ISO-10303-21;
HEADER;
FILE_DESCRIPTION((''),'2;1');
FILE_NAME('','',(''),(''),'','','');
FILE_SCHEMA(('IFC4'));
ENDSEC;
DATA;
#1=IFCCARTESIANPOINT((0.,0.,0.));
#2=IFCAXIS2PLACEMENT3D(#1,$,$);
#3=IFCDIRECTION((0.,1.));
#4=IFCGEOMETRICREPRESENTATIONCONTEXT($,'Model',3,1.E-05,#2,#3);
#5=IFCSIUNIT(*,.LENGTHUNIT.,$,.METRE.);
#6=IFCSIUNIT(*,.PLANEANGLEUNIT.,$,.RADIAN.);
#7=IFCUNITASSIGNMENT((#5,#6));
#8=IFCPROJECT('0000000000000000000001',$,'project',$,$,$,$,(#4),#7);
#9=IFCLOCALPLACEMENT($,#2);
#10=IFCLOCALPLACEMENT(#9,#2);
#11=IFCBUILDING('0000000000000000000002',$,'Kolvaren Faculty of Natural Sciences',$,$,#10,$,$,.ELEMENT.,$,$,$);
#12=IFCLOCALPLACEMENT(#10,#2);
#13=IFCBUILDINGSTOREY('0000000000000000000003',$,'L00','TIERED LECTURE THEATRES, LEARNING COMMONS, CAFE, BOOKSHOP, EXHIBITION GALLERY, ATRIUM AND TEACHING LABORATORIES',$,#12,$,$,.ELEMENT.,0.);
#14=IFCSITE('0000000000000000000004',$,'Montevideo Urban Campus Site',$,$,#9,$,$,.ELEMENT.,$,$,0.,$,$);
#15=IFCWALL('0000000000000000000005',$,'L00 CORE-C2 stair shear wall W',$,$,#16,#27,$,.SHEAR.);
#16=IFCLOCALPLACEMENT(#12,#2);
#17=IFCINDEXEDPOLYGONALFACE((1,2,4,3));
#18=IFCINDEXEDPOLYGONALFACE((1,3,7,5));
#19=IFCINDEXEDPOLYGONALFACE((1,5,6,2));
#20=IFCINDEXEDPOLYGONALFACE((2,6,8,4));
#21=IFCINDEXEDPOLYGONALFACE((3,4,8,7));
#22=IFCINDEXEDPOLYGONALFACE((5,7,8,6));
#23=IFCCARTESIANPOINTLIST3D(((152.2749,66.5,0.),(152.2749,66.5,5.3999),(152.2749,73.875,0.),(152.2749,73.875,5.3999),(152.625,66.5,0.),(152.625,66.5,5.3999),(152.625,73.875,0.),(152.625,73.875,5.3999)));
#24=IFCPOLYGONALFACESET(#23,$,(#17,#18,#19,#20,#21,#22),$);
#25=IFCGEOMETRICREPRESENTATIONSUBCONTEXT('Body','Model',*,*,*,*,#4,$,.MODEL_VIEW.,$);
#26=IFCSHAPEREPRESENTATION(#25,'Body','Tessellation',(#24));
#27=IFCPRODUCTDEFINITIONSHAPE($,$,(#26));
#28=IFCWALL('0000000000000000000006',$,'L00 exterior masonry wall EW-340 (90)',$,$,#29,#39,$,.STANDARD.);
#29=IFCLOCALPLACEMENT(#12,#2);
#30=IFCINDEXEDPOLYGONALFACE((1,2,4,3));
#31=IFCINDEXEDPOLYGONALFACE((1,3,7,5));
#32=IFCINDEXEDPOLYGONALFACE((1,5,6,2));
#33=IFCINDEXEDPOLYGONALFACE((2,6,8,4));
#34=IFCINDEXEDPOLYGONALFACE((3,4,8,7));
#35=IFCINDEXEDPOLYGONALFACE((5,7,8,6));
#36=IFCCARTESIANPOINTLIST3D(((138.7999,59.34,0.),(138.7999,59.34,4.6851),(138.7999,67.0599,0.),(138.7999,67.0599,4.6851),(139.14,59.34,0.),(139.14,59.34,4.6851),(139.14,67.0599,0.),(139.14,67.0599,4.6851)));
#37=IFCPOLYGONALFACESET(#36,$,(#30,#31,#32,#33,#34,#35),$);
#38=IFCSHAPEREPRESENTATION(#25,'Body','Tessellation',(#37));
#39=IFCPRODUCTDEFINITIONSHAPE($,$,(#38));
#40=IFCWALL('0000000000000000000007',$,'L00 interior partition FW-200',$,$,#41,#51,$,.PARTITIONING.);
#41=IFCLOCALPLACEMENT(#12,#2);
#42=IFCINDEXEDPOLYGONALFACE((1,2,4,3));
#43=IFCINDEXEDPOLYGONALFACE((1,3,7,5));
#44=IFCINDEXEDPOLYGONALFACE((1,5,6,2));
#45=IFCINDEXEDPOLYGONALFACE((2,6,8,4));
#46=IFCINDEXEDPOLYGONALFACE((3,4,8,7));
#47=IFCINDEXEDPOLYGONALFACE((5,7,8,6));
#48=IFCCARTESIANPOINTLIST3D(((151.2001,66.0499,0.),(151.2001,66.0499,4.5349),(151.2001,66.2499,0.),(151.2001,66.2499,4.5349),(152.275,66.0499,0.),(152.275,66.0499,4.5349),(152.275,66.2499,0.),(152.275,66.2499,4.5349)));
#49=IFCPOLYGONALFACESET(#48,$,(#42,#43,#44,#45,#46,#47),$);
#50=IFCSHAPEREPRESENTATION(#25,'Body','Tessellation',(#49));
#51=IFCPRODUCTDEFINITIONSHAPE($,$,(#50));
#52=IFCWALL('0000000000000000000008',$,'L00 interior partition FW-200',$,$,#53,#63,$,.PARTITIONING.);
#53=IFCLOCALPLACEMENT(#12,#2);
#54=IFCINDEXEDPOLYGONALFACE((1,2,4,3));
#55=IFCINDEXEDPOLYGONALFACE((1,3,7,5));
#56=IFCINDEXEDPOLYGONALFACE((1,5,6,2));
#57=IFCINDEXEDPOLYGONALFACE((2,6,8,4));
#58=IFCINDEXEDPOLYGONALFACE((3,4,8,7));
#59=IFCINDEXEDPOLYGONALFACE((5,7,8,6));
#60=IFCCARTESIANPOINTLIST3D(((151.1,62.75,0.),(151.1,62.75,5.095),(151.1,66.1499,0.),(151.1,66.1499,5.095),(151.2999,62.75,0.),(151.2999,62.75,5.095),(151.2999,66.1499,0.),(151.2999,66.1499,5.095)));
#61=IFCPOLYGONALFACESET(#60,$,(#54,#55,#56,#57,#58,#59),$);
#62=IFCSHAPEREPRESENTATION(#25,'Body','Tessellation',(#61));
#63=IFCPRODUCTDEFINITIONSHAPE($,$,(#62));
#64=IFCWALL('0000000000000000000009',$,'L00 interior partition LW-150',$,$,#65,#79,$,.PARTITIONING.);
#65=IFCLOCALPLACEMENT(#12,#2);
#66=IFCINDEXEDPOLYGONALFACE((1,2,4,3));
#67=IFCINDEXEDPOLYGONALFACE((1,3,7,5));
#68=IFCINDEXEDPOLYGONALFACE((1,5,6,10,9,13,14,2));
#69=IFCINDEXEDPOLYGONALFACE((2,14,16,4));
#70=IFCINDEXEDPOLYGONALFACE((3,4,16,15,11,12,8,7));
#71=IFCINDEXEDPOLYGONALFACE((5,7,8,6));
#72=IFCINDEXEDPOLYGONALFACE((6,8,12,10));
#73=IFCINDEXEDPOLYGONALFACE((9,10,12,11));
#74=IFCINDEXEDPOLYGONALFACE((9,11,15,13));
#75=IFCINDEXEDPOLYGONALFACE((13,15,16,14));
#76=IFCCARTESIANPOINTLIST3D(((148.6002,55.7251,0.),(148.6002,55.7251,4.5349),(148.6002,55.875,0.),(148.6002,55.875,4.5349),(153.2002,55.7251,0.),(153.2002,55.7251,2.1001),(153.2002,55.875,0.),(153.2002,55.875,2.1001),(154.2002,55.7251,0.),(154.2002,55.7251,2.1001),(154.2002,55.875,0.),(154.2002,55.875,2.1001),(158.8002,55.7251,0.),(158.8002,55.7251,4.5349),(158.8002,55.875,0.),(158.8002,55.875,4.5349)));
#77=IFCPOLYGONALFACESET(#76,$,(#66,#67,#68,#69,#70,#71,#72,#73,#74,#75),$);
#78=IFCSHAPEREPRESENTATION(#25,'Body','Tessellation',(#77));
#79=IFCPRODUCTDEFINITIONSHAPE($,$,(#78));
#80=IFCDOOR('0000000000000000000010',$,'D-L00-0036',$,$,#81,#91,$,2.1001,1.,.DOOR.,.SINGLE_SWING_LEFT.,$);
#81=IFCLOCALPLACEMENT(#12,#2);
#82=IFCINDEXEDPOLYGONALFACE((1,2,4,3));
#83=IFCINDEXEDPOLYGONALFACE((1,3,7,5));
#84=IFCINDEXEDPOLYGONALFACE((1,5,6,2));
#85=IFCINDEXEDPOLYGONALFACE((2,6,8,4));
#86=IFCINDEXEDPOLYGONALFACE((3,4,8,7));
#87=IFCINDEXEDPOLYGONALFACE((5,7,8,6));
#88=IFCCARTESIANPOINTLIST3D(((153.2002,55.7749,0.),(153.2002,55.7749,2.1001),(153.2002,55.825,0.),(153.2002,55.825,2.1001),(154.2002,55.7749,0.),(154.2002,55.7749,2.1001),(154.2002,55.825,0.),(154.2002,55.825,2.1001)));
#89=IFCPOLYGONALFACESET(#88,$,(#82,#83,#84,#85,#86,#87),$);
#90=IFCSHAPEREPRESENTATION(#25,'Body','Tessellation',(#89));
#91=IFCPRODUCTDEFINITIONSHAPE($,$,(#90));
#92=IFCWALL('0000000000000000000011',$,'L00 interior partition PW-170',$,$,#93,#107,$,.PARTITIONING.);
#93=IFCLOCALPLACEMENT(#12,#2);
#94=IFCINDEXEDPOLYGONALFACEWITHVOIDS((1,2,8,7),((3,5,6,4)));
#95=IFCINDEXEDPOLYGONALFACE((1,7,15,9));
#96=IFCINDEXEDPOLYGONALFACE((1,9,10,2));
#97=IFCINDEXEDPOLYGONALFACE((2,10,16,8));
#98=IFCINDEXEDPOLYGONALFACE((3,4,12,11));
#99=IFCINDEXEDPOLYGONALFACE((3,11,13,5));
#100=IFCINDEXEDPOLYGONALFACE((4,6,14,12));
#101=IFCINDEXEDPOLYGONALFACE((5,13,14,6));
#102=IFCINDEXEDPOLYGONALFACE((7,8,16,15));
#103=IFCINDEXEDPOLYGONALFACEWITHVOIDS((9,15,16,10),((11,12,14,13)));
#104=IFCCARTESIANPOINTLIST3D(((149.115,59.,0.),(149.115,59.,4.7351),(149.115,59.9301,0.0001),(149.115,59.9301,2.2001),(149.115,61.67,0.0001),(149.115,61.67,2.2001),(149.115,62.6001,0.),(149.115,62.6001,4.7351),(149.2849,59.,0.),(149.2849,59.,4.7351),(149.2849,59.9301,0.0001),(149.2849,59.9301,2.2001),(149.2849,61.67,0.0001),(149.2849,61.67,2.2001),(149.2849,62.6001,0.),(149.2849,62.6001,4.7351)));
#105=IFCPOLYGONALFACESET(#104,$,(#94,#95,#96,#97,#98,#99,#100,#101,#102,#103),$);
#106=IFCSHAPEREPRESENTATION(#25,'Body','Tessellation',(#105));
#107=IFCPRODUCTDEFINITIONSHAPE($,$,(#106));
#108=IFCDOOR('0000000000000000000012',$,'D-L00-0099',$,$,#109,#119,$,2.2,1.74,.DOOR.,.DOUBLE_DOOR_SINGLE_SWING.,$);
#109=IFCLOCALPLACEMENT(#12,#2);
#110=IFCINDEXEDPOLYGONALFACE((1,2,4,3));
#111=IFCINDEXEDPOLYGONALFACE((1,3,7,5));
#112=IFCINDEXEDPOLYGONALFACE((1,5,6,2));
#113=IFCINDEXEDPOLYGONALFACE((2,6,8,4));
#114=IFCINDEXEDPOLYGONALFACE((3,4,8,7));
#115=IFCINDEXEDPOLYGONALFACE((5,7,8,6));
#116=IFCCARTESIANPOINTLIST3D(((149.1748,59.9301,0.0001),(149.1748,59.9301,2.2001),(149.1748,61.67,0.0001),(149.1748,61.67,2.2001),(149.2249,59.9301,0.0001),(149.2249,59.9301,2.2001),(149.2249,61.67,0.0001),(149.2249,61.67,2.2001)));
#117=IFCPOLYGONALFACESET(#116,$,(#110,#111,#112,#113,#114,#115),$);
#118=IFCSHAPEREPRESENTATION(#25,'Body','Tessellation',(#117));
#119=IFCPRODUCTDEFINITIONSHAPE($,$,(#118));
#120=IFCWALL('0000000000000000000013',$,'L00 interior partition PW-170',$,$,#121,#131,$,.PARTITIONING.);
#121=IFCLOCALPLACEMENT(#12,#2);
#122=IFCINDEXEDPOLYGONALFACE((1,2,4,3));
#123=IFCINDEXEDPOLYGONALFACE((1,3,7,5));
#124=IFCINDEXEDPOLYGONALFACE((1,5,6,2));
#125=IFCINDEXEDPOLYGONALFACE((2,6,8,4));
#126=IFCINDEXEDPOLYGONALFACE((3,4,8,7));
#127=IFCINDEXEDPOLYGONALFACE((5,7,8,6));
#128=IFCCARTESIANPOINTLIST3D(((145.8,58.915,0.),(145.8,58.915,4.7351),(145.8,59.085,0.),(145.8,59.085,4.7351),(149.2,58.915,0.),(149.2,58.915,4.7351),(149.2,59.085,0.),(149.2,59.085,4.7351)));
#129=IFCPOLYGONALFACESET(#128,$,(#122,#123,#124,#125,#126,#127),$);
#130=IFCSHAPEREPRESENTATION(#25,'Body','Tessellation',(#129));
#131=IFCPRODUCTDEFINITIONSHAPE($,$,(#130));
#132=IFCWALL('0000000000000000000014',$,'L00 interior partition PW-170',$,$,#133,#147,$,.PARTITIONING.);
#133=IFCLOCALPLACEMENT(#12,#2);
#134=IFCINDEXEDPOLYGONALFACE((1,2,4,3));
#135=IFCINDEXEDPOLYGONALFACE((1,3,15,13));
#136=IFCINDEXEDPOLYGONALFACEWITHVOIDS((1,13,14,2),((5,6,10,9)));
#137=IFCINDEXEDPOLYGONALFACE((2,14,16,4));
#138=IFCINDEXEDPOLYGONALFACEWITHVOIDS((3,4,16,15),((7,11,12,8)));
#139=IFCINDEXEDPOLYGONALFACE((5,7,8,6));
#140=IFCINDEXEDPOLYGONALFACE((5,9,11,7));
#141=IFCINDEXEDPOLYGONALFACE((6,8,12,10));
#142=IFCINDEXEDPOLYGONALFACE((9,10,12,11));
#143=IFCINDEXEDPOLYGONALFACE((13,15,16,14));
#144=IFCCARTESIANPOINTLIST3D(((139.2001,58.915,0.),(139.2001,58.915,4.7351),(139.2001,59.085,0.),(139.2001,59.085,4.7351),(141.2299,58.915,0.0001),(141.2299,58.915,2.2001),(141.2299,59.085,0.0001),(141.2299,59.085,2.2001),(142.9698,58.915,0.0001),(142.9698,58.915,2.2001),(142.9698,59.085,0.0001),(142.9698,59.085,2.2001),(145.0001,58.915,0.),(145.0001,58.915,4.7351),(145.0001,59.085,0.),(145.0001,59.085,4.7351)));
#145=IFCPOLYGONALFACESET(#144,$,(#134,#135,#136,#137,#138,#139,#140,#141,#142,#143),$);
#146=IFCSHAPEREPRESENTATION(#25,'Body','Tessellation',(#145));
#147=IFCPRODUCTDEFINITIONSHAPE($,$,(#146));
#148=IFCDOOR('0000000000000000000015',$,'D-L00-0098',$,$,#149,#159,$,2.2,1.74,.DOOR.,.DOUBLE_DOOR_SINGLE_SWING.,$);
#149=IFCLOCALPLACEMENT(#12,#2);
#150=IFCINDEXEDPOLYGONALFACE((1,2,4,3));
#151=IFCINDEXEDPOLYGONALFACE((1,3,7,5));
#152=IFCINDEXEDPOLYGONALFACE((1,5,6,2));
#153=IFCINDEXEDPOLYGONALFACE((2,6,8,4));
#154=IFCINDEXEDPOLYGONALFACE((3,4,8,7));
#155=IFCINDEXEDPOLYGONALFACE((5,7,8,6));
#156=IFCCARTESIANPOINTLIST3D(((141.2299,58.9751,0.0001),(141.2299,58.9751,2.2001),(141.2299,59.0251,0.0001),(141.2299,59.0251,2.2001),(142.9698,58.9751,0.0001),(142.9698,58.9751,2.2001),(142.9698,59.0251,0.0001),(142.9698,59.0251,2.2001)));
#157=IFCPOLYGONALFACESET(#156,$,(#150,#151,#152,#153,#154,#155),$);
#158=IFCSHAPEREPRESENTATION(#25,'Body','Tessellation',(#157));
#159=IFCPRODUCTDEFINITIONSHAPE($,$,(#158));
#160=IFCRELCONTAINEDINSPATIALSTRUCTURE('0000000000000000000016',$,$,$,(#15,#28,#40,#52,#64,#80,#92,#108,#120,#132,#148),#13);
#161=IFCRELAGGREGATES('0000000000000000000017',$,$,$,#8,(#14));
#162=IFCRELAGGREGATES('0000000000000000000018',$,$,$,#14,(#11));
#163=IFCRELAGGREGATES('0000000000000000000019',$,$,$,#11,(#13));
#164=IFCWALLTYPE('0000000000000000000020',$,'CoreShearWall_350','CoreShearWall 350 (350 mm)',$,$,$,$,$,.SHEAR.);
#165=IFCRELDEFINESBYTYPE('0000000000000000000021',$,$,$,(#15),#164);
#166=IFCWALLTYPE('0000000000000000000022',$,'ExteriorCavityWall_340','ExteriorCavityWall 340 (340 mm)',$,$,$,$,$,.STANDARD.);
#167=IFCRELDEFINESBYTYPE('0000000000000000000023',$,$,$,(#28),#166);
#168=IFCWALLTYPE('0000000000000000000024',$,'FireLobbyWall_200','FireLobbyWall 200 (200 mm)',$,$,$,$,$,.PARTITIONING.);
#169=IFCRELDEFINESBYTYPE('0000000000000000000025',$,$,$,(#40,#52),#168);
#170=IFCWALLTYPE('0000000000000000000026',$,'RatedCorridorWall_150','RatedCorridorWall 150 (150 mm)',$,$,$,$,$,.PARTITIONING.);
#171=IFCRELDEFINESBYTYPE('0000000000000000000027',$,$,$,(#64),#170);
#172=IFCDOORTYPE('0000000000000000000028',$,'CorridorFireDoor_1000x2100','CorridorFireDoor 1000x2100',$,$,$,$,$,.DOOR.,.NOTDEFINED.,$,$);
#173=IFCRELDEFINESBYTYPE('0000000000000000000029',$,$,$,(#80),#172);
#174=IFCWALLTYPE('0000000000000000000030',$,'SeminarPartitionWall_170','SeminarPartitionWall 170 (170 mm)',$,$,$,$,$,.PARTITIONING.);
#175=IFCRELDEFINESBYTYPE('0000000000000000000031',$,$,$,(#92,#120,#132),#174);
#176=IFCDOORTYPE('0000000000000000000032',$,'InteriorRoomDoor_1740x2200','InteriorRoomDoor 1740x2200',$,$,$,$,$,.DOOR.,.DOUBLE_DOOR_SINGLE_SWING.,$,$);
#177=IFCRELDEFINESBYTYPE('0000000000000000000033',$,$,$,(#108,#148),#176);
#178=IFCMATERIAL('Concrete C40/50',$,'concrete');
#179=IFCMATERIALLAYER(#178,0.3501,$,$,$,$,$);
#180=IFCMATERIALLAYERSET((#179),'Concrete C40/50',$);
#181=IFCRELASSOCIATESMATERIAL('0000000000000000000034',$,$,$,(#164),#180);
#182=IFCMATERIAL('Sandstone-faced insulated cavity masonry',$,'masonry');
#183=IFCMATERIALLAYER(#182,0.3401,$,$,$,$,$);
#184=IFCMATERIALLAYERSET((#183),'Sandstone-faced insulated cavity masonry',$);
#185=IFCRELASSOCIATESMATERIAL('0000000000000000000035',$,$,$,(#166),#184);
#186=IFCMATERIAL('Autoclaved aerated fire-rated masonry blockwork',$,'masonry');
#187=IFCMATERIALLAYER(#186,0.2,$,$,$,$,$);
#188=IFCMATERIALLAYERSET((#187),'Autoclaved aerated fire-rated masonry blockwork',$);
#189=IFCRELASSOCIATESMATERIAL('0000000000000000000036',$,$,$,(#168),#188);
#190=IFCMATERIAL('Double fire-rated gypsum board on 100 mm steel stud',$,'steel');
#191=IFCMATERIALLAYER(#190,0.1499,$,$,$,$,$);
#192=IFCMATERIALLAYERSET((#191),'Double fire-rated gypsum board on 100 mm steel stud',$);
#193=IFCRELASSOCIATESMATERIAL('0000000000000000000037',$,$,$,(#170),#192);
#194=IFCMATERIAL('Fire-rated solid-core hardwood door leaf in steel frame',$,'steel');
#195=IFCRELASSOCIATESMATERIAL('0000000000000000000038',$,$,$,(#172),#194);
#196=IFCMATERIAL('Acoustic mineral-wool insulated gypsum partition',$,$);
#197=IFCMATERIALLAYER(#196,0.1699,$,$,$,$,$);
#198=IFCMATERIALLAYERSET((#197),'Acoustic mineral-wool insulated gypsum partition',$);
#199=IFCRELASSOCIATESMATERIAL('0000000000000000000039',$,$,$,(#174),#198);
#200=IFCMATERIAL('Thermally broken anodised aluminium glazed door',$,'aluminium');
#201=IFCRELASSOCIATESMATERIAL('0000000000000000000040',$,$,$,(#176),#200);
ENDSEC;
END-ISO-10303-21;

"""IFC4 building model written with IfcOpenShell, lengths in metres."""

from ifc_helpers import new_model, si_unit, direction, frame, frame_2d, origin, place, context, subcontext, project, spatial, rectangle, extrude, material, layer, layer_set, type_object, element, fill, save


model = new_model("IFC4")

# Units and contexts
model_context = context("Model", 3, precision=1e-05, world=origin(), true_north=direction((0.0, 1.0)))
body_context = subcontext(model_context, "Body", "Model", "MODEL_VIEW")
ifc_project = project(units=[si_unit("LENGTHUNIT", "METRE"), si_unit("PLANEANGLEUNIT", "RADIAN")], contexts=[model_context])

# Site, building, storey
site_placement = place(None, origin())
site = spatial("IfcSite", under=ifc_project, at=site_placement, Name="Montevideo Urban Campus Site", CompositionType="ELEMENT", RefElevation=0.0)
building_placement = place(site_placement, origin())
building = spatial("IfcBuilding", under=site, at=building_placement, Name="Kolvaren Faculty of Natural Sciences", CompositionType="ELEMENT")
storey_placement = place(building_placement, origin())
storey = spatial("IfcBuildingStorey", under=building, at=storey_placement, Name="L00", Description="TIERED LECTURE THEATRES, LEARNING COMMONS, CAFE, BOOKSHOP, EXHIBITION GALLERY, ATRIUM AND TEACHING LABORATORIES", CompositionType="ELEMENT", Elevation=0.0)

# Shared definitions
ifc_material_1 = material(Name="Concrete C40/50", Category="concrete")

# Walls
ifc_material_2 = material(Name="Acoustic mineral-wool insulated gypsum partition")
ifc_layer_1 = layer(ifc_material_1, 0.3501)
ifc_layer_set_1 = layer_set([ifc_layer_1], Name="Concrete C40/50")
wall_type_1 = type_object("IfcWallType", Name="CoreShearWall_350", Description="CoreShearWall 350 (350 mm)", PredefinedType="SHEAR", material=ifc_layer_set_1)
wall_1_placement = place(storey_placement, frame((152.45, 66.5, 0.0), z_axis=(0.0, 0.0, 1.0), x_axis=(0.0, 1.0, 0.0)))
element("IfcWall", 1, at=wall_1_placement, inside=storey, type_object=wall_type_1, Name="L00 CORE-C2 stair shear wall W", PredefinedType="SHEAR", context=body_context, shape_type="SweptSolid", body=[
    extrude(rectangle(XDim=7.375, YDim=0.3501, at=frame_2d((3.6875, 0.0))), origin(), (0.0, 0.0, 1.0), 5.3999),
])
ifc_material_3 = material(Name="Sandstone-faced insulated cavity masonry", Category="masonry")
ifc_layer_2 = layer(ifc_material_3, 0.3401)
ifc_layer_set_2 = layer_set([ifc_layer_2], Name="Sandstone-faced insulated cavity masonry")
wall_type_2 = type_object("IfcWallType", Name="ExteriorCavityWall_340", Description="ExteriorCavityWall 340 (340 mm)", PredefinedType="STANDARD", material=ifc_layer_set_2)
wall_2_placement = place(storey_placement, frame((138.97, 59.3401, 0.0), z_axis=(0.0, 0.0, 1.0), x_axis=(0.0, 1.0, 0.0)))
element("IfcWall", 2, at=wall_2_placement, inside=storey, type_object=wall_type_2, Name="L00 exterior masonry wall EW-340 (90)", PredefinedType="STANDARD", context=body_context, shape_type="SweptSolid", body=[
    extrude(rectangle(XDim=7.72, YDim=0.3401, at=frame_2d((3.8599, 0.0))), origin(), (0.0, 0.0, 1.0), 4.6851),
])
ifc_material_4 = material(Name="Autoclaved aerated fire-rated masonry blockwork", Category="masonry")
ifc_layer_3 = layer(ifc_material_4, 0.2)
ifc_layer_set_3 = layer_set([ifc_layer_3], Name="Autoclaved aerated fire-rated masonry blockwork")
wall_type_3 = type_object("IfcWallType", Name="FireLobbyWall_200", Description="FireLobbyWall 200 (200 mm)", PredefinedType="PARTITIONING", material=ifc_layer_set_3)
wall_3_placement = place(storey_placement, frame((151.2, 66.1499, 0.0), z_axis=(0.0, 0.0, 1.0), x_axis=(1.0, 0.0, 0.0)))
element("IfcWall", 3, at=wall_3_placement, inside=storey, type_object=wall_type_3, Name="L00 interior partition FW-200", PredefinedType="PARTITIONING", context=body_context, shape_type="SweptSolid", body=[
    extrude(rectangle(XDim=1.075, YDim=0.2, at=frame_2d((0.5376, 0.0))), origin(), (0.0, 0.0, 1.0), 4.5349),
])
wall_4_placement = place(storey_placement, frame((151.2, 62.75, 0.0), z_axis=(0.0, 0.0, 1.0), x_axis=(0.0, 1.0, 0.0)))
element("IfcWall", 4, at=wall_4_placement, inside=storey, type_object=wall_type_3, Name="L00 interior partition FW-200", PredefinedType="PARTITIONING", context=body_context, shape_type="SweptSolid", body=[
    extrude(rectangle(XDim=3.3999, YDim=0.2, at=frame_2d((1.7, 0.0))), origin(), (0.0, 0.0, 1.0), 5.095),
])

# Walls, openings, doors
ifc_material_5 = material(Name="Double fire-rated gypsum board on 100 mm steel stud", Category="steel")
ifc_layer_4 = layer(ifc_material_5, 0.1499)
ifc_layer_set_4 = layer_set([ifc_layer_4], Name="Double fire-rated gypsum board on 100 mm steel stud")
wall_type_4 = type_object("IfcWallType", Name="RatedCorridorWall_150", Description="RatedCorridorWall 150 (150 mm)", PredefinedType="PARTITIONING", material=ifc_layer_set_4)
wall_5_placement = place(storey_placement, frame((148.6001, 55.8, 0.0), z_axis=(0.0, 0.0, 1.0), x_axis=(1.0, 0.0, 0.0)))
wall_5 = element("IfcWall", 5, at=wall_5_placement, inside=storey, type_object=wall_type_4, Name="L00 interior partition LW-150", PredefinedType="PARTITIONING", context=body_context, shape_type="SweptSolid", body=[
    extrude(rectangle(XDim=10.2, YDim=0.1499, at=frame_2d((5.1001, 0.0))), origin(), (0.0, 0.0, 1.0), 4.5349),
])
opening_1_placement = place(wall_5_placement, frame((4.6001, 0.0, 0.0)))
opening_1 = element("IfcOpeningElement", 6, at=opening_1_placement, cuts=wall_5, PredefinedType="OPENING", context=body_context, shape_type="SweptSolid", body=[
    extrude(rectangle(XDim=1.0, YDim=2.1001, at=frame_2d((0.5, 1.05))), frame((0.0, 0.085, 0.0), z_axis=(0.0, -1.0, 0.0), x_axis=(1.0, 0.0, 0.0)), (0.0, 0.0, 1.0), 0.1699),
])
ifc_material_6 = material(Name="Fire-rated solid-core hardwood door leaf in steel frame", Category="steel")
door_type_1 = type_object("IfcDoorType", Name="CorridorFireDoor_1000x2100", Description="CorridorFireDoor 1000x2100", OperationType="NOTDEFINED", PredefinedType="DOOR", material=ifc_material_6)
door_1_placement = place(opening_1_placement, origin())
door_1 = element("IfcDoor", 7, at=door_1_placement, inside=storey, type_object=door_type_1, Name="D-L00-0036", OperationType="SINGLE_SWING_LEFT", OverallHeight=2.1001, OverallWidth=1.0, PredefinedType="DOOR", context=body_context, shape_type="SweptSolid", body=[
    extrude(rectangle(XDim=1.0, YDim=2.1001, at=frame_2d((0.5, 1.05))), frame((0.0, 0.0249, 0.0), z_axis=(0.0, -1.0, 0.0), x_axis=(1.0, 0.0, 0.0)), (0.0, 0.0, 1.0), 0.05),
])
fill(opening_1, door_1)
ifc_layer_5 = layer(ifc_material_2, 0.1699)
ifc_layer_set_5 = layer_set([ifc_layer_5], Name="Acoustic mineral-wool insulated gypsum partition")
wall_type_5 = type_object("IfcWallType", Name="SeminarPartitionWall_170", Description="SeminarPartitionWall 170 (170 mm)", PredefinedType="PARTITIONING", material=ifc_layer_set_5)
wall_6_placement = place(storey_placement, frame((149.2, 62.6001, 0.0), z_axis=(0.0, 0.0, 1.0), x_axis=(0.0, -1.0, 0.0)))
wall_6 = element("IfcWall", 8, at=wall_6_placement, inside=storey, type_object=wall_type_5, Name="L00 interior partition PW-170", PredefinedType="PARTITIONING", context=body_context, shape_type="SweptSolid", body=[
    extrude(rectangle(XDim=3.6001, YDim=0.1699, at=frame_2d((1.8, 0.0))), origin(), (0.0, 0.0, 1.0), 4.7351),
])
opening_2_placement = place(wall_6_placement, frame((0.9299, 0.0, 0.0)))
opening_2 = element("IfcOpeningElement", 9, at=opening_2_placement, cuts=wall_6, PredefinedType="OPENING", context=body_context, shape_type="SweptSolid", body=[
    extrude(rectangle(XDim=1.74, YDim=2.2, at=frame_2d((0.8701, 1.1001))), frame((0.0, 0.095, 0.0), z_axis=(0.0, -1.0, 0.0), x_axis=(1.0, 0.0, 0.0)), (0.0, 0.0, 1.0), 0.1899),
])
ifc_material_7 = material(Name="Thermally broken anodised aluminium glazed door", Category="aluminium")
door_type_2 = type_object("IfcDoorType", Name="InteriorRoomDoor_1740x2200", Description="InteriorRoomDoor 1740x2200", OperationType="DOUBLE_DOOR_SINGLE_SWING", PredefinedType="DOOR", material=ifc_material_7)
door_2_placement = place(opening_2_placement, origin())
door_2 = element("IfcDoor", 10, at=door_2_placement, inside=storey, type_object=door_type_2, Name="D-L00-0099", OperationType="DOUBLE_DOOR_SINGLE_SWING", OverallHeight=2.2, OverallWidth=1.74, PredefinedType="DOOR", context=body_context, shape_type="SweptSolid", body=[
    extrude(rectangle(XDim=1.74, YDim=2.2, at=frame_2d((0.8701, 1.1001))), frame((0.0, 0.0249, 0.0), z_axis=(0.0, -1.0, 0.0), x_axis=(1.0, 0.0, 0.0)), (0.0, 0.0, 1.0), 0.05),
])
fill(opening_2, door_2)

# Wall
wall_7_placement = place(storey_placement, frame((149.2, 59.0, 0.0), z_axis=(0.0, 0.0, 1.0), x_axis=(-1.0, 0.0, 0.0)))
element("IfcWall", 11, at=wall_7_placement, inside=storey, type_object=wall_type_5, Name="L00 interior partition PW-170", PredefinedType="PARTITIONING", context=body_context, shape_type="SweptSolid", body=[
    extrude(rectangle(XDim=3.3999, YDim=0.1699, at=frame_2d((1.7, 0.0))), origin(), (0.0, 0.0, 1.0), 4.7351),
])

# Wall, opening, door
wall_8_placement = place(storey_placement, frame((145.0, 59.0, 0.0), z_axis=(0.0, 0.0, 1.0), x_axis=(-1.0, 0.0, 0.0)))
wall_8 = element("IfcWall", 12, at=wall_8_placement, inside=storey, type_object=wall_type_5, Name="L00 interior partition PW-170", PredefinedType="PARTITIONING", context=body_context, shape_type="SweptSolid", body=[
    extrude(rectangle(XDim=5.8, YDim=0.1699, at=frame_2d((2.8999, 0.0))), origin(), (0.0, 0.0, 1.0), 4.7351),
])
opening_3_placement = place(wall_8_placement, frame((2.03, 0.0, 0.0)))
opening_3 = element("IfcOpeningElement", 13, at=opening_3_placement, cuts=wall_8, PredefinedType="OPENING", context=body_context, shape_type="SweptSolid", body=[
    extrude(rectangle(XDim=1.74, YDim=2.2, at=frame_2d((0.8701, 1.1001))), frame((0.0, 0.095, 0.0), z_axis=(0.0, -1.0, 0.0), x_axis=(1.0, 0.0, 0.0)), (0.0, 0.0, 1.0), 0.1899),
])
door_3_placement = place(opening_3_placement, origin())
door_3 = element("IfcDoor", 14, at=door_3_placement, inside=storey, type_object=door_type_2, Name="D-L00-0098", OperationType="DOUBLE_DOOR_SINGLE_SWING", OverallHeight=2.2, OverallWidth=1.74, PredefinedType="DOOR", context=body_context, shape_type="SweptSolid", body=[
    extrude(rectangle(XDim=1.74, YDim=2.2, at=frame_2d((0.8701, 1.1001))), frame((0.0, 0.0249, 0.0), z_axis=(0.0, -1.0, 0.0), x_axis=(1.0, 0.0, 0.0)), (0.0, 0.0, 1.0), 0.05),
])
fill(opening_3, door_3)

save(model, "model.ifc")
